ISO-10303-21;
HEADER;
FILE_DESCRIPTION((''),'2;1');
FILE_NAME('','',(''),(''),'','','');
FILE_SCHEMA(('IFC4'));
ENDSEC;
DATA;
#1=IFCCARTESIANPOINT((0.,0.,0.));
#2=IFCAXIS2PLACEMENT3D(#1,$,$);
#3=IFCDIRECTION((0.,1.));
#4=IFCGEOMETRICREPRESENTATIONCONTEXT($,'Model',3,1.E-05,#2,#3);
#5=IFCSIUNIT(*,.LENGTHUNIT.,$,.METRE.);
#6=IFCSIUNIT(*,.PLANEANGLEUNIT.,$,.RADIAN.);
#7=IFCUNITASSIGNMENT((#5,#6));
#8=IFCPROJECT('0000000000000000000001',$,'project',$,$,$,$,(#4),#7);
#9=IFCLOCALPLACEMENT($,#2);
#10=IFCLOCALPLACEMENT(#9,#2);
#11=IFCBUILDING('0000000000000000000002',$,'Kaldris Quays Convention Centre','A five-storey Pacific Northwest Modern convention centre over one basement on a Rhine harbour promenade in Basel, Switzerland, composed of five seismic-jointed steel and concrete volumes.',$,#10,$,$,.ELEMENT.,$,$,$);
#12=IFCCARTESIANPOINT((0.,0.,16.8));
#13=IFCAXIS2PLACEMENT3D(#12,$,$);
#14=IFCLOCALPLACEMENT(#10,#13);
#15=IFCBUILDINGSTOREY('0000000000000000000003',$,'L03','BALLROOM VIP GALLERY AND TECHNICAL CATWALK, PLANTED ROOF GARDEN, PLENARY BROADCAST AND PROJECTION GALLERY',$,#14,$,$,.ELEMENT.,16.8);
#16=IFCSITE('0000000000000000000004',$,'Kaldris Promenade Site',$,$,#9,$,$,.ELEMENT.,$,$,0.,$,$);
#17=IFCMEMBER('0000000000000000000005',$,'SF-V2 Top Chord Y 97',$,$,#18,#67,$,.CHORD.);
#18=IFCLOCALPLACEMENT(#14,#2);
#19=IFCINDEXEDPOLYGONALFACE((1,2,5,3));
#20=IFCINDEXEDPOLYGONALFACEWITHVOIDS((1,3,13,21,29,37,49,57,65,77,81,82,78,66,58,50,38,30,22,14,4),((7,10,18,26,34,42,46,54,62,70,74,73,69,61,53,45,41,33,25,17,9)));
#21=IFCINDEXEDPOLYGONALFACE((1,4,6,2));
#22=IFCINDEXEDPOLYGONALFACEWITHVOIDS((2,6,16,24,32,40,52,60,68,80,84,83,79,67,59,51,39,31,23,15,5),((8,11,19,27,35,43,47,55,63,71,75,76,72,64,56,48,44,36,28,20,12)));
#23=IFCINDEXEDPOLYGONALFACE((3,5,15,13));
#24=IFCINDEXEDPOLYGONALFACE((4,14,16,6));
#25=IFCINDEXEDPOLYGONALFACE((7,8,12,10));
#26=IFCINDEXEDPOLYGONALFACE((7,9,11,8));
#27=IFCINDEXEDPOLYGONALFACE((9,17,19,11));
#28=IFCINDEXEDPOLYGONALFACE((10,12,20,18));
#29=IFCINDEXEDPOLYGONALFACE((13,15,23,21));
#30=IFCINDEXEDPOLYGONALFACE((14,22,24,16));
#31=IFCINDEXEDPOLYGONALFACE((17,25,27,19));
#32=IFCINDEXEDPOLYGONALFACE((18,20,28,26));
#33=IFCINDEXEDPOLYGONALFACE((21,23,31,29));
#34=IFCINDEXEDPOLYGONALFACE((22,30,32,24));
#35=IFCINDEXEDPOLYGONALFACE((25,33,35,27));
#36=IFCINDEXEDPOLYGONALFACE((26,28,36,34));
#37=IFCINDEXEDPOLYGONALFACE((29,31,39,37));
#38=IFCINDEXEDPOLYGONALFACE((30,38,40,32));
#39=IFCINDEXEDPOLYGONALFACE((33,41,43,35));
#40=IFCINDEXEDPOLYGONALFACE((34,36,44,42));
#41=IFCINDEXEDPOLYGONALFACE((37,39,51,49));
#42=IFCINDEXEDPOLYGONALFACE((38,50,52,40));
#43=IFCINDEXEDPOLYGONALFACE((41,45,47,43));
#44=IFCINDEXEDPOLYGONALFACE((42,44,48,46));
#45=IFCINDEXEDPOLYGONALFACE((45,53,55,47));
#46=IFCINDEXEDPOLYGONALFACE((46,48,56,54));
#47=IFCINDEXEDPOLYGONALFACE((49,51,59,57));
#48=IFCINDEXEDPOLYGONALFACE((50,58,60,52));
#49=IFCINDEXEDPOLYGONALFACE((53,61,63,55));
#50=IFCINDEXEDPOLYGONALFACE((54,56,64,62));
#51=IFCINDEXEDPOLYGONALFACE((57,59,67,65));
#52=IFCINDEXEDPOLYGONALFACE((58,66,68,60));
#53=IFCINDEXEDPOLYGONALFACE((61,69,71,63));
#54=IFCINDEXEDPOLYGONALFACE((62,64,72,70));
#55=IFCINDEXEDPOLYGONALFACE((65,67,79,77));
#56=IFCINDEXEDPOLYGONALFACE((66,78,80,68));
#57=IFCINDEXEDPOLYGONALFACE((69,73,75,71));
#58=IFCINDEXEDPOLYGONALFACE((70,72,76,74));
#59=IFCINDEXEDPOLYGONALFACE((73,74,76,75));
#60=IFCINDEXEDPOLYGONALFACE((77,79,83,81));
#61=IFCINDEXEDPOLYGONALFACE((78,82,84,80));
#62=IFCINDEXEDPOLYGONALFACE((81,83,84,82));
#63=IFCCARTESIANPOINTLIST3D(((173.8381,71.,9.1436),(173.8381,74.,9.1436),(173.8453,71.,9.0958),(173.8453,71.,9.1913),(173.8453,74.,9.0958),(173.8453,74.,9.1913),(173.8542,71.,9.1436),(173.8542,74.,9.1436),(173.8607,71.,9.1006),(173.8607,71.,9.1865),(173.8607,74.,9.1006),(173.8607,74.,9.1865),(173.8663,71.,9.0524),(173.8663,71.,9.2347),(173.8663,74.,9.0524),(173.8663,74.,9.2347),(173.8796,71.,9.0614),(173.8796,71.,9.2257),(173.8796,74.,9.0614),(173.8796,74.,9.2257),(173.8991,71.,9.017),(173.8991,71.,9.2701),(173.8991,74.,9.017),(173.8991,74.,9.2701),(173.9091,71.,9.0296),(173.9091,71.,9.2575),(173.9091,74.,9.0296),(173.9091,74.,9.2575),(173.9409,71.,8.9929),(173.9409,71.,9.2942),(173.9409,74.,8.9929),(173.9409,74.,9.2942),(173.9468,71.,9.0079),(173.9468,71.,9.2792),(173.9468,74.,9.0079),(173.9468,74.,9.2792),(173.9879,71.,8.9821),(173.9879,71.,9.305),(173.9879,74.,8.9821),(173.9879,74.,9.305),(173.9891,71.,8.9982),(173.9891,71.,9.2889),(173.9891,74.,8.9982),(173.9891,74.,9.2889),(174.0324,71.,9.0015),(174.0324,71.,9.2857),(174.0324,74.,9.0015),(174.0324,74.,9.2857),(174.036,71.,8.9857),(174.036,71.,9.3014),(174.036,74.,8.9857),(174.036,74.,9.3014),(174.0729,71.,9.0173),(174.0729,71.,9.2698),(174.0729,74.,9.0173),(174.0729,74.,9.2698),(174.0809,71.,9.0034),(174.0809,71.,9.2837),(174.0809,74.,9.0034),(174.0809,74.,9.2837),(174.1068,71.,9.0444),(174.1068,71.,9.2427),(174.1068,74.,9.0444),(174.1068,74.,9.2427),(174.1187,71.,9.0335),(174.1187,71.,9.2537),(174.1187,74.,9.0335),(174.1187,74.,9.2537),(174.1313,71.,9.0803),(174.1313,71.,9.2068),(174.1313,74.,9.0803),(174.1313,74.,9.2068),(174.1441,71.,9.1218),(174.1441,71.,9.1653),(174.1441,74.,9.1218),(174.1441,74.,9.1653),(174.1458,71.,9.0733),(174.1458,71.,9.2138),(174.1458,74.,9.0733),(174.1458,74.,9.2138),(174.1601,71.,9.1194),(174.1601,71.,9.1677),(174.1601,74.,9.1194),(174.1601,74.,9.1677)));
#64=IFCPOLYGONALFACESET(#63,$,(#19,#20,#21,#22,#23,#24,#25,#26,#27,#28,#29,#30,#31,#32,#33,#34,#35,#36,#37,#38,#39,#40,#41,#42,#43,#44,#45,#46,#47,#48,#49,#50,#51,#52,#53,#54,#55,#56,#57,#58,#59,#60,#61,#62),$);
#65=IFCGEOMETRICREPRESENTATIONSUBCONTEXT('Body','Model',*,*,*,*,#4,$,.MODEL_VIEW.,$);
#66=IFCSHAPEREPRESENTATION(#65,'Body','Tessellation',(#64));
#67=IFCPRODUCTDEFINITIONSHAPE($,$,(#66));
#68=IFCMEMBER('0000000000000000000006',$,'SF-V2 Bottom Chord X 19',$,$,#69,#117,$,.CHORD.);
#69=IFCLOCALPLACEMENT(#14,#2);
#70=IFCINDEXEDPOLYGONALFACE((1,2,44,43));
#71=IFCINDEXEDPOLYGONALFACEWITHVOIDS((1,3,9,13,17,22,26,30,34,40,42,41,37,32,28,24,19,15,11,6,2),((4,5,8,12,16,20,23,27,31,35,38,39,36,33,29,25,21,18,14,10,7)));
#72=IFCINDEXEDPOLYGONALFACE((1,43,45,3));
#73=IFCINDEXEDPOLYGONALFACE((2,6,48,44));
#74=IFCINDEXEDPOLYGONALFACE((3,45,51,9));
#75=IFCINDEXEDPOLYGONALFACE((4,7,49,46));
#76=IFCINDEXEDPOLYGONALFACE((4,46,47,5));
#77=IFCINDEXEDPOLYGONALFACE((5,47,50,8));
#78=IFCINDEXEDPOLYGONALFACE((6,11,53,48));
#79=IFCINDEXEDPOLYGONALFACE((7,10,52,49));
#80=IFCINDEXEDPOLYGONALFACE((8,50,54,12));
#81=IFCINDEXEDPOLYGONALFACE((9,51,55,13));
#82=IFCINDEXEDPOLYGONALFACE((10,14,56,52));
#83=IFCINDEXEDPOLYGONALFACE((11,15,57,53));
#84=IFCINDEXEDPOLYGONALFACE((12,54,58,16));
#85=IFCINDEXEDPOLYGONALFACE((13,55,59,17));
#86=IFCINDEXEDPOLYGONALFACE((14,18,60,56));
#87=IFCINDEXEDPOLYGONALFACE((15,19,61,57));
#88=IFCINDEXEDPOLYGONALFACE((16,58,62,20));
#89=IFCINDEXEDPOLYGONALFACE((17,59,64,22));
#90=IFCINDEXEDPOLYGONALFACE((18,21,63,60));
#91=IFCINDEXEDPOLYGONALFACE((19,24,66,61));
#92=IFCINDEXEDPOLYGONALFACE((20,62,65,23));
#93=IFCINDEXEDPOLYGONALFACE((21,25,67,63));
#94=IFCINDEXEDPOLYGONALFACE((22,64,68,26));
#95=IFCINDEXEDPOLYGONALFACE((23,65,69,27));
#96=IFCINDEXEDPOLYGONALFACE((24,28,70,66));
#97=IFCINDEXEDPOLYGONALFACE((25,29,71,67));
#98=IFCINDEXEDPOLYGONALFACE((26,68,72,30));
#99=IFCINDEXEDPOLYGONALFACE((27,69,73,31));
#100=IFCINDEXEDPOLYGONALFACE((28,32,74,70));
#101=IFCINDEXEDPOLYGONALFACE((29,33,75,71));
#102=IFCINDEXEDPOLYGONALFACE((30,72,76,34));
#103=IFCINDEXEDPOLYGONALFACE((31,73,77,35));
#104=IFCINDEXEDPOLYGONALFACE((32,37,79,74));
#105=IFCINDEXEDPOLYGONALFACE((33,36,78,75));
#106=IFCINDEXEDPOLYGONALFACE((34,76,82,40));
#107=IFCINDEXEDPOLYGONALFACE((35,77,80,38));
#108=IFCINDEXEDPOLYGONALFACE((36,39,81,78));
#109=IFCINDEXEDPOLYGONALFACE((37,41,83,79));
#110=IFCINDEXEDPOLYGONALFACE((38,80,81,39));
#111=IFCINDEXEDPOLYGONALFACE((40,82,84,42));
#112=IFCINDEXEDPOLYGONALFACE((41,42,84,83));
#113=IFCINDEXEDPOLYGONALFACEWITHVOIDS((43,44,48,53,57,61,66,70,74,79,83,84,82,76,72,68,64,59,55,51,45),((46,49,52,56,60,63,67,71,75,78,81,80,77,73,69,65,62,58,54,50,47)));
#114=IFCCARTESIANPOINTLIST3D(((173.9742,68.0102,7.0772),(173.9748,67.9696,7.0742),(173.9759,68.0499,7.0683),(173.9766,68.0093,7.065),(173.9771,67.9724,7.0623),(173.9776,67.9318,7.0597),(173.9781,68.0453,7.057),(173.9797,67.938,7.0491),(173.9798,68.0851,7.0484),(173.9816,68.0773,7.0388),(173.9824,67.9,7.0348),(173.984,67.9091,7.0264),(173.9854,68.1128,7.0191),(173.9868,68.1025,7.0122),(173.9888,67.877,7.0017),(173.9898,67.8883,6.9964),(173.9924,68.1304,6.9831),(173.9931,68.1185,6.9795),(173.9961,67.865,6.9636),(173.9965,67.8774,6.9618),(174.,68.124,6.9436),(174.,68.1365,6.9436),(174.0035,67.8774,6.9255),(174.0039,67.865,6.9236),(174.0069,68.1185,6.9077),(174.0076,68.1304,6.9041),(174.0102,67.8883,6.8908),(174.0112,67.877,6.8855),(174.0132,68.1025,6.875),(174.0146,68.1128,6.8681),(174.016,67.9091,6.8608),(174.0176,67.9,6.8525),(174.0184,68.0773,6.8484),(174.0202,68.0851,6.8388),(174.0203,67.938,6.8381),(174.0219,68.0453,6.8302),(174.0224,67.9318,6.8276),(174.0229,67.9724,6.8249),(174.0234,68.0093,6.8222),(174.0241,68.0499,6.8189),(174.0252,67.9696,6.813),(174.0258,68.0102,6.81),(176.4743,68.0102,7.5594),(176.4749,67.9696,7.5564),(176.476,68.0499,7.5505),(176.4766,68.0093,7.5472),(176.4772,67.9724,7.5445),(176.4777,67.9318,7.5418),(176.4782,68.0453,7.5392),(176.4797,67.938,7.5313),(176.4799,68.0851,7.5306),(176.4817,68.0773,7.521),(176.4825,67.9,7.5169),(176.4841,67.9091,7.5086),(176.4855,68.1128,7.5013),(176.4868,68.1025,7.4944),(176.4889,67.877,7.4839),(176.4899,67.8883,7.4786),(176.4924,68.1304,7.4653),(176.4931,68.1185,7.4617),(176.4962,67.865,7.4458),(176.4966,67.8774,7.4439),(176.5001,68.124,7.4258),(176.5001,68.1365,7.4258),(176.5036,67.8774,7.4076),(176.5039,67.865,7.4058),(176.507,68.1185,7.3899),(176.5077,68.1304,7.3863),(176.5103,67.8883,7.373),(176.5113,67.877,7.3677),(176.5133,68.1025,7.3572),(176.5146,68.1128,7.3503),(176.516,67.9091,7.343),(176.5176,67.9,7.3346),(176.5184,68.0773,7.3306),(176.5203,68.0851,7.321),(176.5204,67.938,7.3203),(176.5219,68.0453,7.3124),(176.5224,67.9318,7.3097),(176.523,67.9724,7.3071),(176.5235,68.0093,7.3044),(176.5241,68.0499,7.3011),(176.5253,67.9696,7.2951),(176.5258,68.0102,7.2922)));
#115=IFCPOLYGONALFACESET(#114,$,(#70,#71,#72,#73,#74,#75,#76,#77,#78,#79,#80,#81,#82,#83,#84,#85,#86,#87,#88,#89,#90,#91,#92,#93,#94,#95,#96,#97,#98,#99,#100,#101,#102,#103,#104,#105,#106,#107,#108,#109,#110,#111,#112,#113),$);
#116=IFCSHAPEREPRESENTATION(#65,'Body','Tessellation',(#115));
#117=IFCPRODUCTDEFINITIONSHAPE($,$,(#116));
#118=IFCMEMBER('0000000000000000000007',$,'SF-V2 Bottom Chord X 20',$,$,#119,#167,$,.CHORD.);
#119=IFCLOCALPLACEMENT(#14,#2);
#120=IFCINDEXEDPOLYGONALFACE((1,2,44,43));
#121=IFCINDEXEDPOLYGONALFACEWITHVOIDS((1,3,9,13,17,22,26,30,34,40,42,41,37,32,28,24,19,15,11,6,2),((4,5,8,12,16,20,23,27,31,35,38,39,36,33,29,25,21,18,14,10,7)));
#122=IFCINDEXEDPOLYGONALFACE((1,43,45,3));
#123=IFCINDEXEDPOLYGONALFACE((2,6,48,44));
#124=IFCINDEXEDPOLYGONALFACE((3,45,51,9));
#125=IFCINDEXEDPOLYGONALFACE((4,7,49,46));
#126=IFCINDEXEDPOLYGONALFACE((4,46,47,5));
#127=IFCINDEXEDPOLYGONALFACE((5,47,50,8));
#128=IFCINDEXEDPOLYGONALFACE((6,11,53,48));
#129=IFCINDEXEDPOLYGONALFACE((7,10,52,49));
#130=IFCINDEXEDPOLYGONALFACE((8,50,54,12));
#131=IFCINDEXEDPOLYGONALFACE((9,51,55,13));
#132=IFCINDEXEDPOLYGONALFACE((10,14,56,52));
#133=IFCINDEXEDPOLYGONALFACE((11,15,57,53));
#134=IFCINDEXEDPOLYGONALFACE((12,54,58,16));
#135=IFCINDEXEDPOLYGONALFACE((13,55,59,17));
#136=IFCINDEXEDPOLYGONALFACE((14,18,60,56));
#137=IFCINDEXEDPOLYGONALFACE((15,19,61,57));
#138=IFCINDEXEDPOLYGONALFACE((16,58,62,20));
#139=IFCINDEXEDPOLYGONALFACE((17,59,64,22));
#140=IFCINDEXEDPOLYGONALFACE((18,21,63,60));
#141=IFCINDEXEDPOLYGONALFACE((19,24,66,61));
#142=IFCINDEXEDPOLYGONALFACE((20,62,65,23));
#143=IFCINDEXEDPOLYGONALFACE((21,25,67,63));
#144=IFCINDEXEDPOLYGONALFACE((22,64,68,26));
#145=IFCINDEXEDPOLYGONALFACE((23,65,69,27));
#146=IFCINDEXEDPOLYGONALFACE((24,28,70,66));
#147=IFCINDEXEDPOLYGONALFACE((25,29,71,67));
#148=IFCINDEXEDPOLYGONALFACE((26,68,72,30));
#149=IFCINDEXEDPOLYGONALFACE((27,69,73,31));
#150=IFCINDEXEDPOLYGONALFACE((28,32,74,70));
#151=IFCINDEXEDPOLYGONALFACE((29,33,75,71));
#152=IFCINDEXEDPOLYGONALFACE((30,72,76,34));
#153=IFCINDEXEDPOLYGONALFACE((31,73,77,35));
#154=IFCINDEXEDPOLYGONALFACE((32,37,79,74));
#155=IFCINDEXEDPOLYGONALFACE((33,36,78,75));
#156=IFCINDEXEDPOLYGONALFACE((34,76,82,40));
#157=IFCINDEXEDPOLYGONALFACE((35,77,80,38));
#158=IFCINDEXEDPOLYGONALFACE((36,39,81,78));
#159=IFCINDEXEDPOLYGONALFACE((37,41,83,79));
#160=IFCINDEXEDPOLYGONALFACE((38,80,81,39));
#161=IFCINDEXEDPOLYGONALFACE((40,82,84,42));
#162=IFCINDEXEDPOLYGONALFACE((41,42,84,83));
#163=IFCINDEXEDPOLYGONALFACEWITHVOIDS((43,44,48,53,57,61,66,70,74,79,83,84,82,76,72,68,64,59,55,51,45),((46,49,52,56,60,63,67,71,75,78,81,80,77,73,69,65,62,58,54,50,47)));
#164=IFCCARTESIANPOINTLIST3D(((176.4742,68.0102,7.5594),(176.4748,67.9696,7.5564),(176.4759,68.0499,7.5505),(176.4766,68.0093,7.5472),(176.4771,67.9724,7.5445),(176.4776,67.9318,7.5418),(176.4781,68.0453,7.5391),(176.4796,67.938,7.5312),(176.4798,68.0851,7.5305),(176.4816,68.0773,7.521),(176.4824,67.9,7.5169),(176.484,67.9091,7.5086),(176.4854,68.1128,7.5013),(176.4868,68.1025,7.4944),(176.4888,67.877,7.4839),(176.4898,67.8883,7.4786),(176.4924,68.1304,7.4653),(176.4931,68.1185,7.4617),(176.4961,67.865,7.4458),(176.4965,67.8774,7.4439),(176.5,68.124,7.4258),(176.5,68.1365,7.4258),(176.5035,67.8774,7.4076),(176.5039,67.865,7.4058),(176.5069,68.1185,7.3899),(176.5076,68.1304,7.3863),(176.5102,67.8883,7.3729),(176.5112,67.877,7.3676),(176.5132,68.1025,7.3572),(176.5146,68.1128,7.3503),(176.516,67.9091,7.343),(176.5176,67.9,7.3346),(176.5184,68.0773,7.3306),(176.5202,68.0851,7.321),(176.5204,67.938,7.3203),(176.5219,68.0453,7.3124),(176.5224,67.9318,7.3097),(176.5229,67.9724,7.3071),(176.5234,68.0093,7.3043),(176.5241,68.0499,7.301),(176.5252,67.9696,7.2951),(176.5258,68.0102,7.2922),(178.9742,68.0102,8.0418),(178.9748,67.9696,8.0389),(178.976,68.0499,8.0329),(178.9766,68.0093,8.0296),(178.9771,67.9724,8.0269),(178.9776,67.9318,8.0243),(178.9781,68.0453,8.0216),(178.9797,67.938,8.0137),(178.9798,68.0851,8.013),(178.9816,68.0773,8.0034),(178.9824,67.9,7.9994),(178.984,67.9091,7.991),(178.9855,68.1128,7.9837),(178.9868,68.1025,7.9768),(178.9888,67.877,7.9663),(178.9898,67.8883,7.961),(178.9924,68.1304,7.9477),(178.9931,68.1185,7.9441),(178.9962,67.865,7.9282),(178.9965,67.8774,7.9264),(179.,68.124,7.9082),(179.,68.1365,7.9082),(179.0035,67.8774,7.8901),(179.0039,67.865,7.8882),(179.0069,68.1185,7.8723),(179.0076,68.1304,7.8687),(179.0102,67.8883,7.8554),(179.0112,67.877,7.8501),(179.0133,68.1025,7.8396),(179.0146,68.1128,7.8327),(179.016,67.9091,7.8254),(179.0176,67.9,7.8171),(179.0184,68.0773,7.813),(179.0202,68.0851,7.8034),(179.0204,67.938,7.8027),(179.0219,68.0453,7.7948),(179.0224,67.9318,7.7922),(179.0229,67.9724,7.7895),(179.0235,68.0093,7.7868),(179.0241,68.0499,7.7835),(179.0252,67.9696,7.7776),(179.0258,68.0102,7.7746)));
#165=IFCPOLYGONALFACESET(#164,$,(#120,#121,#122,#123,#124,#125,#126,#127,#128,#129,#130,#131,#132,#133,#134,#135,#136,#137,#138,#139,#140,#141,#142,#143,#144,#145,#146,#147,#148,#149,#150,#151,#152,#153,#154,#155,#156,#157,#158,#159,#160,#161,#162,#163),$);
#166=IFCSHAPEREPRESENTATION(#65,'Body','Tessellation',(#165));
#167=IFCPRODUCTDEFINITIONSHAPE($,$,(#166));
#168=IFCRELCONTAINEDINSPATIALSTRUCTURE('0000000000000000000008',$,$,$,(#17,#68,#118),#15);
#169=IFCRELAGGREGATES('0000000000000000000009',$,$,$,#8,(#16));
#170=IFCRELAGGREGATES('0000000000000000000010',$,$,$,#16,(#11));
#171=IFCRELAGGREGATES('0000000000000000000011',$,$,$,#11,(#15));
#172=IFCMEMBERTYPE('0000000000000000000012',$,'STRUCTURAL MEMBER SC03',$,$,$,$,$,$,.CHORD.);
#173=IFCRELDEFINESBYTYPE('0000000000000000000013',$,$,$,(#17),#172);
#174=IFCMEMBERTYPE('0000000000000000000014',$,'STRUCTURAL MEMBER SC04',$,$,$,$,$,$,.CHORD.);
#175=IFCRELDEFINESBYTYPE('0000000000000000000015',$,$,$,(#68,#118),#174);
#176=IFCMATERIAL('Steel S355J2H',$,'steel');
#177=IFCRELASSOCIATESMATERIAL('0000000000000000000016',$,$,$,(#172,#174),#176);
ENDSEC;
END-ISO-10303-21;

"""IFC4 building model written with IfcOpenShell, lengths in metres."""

from ifc_helpers import new_model, si_unit, direction, frame, origin, origin_2d, place, context, subcontext, project, spatial, hollow_circle, extrude, material, material_profile, profile_set, type_object, element, save


model = new_model("IFC4")

# Units and contexts
model_context = context("Model", 3, precision=1e-05, world=origin(), true_north=direction((0.0, 1.0)))
body_context = subcontext(model_context, "Body", "Model", "MODEL_VIEW")
ifc_project = project(units=[si_unit("LENGTHUNIT", "METRE"), si_unit("PLANEANGLEUNIT", "RADIAN")], contexts=[model_context])

# Site, building, storey
site_placement = place(None, origin())
site = spatial("IfcSite", under=ifc_project, at=site_placement, Name="Kaldris Promenade Site", CompositionType="ELEMENT", RefElevation=0.0)
building_placement = place(site_placement, origin())
building = spatial("IfcBuilding", under=site, at=building_placement, Name="Kaldris Quays Convention Centre", Description="A five-storey Pacific Northwest Modern convention centre over one basement on a Rhine harbour promenade in Basel, Switzerland, composed of five seismic-jointed steel and concrete volumes.", CompositionType="ELEMENT")
storey_placement = place(building_placement, frame((0.0, 0.0, 16.8)))
storey = spatial("IfcBuildingStorey", under=building, at=storey_placement, Name="L03", Description="BALLROOM VIP GALLERY AND TECHNICAL CATWALK, PLANTED ROOF GARDEN, PLENARY BROADCAST AND PROJECTION GALLERY", CompositionType="ELEMENT", Elevation=16.8)

# Members
ifc_material_1 = material(Name="Steel S355J2H", Category="steel")
ifc_material_profile_1 = material_profile(ifc_material_1, hollow_circle(Radius=0.1619, WallThickness=0.0161, at=origin_2d()), Name="CHS 323.9x16")
ifc_profile_set_1 = profile_set([ifc_material_profile_1], Name="Steel S355J2H")
member_type_1 = type_object("IfcMemberType", Name="STRUCTURAL MEMBER SC03", PredefinedType="CHORD", material=ifc_profile_set_1)
for number, where, z_axis, x_axis, name in (
    (1, (174.0, 71.0, 9.1436), (0.0, 1.0, 0.0), (-1.0, 0.0, 0.0), "SF-V2 Top Chord Y 97"),
):
    element("IfcMember", number, at=place(storey_placement, frame(where, z_axis=z_axis, x_axis=x_axis)), inside=storey, type_object=member_type_1, Name=name, PredefinedType="CHORD", context=body_context, shape_type="SweptSolid", body=[
        extrude(hollow_circle(Radius=0.1619, WallThickness=0.0161, at=origin_2d()), origin(), (0.0, 0.0, 1.0), 3.0),
    ])
ifc_material_profile_2 = material_profile(ifc_material_1, hollow_circle(Radius=0.1365, WallThickness=0.0125, at=origin_2d()), Name="CHS 273x12.5")
ifc_profile_set_2 = profile_set([ifc_material_profile_2], Name="Steel S355J2H")
member_type_2 = type_object("IfcMemberType", Name="STRUCTURAL MEMBER SC04", PredefinedType="CHORD", material=ifc_profile_set_2)
for number, where, z_axis, x_axis, name in (
    (2, (174.0, 68.0, 6.9436), (0.981904, 0.0, 0.189381), (0.0, 1.0, 0.0), "SF-V2 Bottom Chord X 19"),
    (3, (176.5, 68.0, 7.4258), (0.981886, 0.0, 0.189473), (0.0, 1.0, 0.0), "SF-V2 Bottom Chord X 20"),
):
    element("IfcMember", number, at=place(storey_placement, frame(where, z_axis=z_axis, x_axis=x_axis)), inside=storey, type_object=member_type_2, Name=name, PredefinedType="CHORD", context=body_context, shape_type="SweptSolid", body=[
        extrude(hollow_circle(Radius=0.1365, WallThickness=0.0125, at=origin_2d()), origin(), (0.0, 0.0, 1.0), 2.5461),
    ])

save(model, "model.ifc")
